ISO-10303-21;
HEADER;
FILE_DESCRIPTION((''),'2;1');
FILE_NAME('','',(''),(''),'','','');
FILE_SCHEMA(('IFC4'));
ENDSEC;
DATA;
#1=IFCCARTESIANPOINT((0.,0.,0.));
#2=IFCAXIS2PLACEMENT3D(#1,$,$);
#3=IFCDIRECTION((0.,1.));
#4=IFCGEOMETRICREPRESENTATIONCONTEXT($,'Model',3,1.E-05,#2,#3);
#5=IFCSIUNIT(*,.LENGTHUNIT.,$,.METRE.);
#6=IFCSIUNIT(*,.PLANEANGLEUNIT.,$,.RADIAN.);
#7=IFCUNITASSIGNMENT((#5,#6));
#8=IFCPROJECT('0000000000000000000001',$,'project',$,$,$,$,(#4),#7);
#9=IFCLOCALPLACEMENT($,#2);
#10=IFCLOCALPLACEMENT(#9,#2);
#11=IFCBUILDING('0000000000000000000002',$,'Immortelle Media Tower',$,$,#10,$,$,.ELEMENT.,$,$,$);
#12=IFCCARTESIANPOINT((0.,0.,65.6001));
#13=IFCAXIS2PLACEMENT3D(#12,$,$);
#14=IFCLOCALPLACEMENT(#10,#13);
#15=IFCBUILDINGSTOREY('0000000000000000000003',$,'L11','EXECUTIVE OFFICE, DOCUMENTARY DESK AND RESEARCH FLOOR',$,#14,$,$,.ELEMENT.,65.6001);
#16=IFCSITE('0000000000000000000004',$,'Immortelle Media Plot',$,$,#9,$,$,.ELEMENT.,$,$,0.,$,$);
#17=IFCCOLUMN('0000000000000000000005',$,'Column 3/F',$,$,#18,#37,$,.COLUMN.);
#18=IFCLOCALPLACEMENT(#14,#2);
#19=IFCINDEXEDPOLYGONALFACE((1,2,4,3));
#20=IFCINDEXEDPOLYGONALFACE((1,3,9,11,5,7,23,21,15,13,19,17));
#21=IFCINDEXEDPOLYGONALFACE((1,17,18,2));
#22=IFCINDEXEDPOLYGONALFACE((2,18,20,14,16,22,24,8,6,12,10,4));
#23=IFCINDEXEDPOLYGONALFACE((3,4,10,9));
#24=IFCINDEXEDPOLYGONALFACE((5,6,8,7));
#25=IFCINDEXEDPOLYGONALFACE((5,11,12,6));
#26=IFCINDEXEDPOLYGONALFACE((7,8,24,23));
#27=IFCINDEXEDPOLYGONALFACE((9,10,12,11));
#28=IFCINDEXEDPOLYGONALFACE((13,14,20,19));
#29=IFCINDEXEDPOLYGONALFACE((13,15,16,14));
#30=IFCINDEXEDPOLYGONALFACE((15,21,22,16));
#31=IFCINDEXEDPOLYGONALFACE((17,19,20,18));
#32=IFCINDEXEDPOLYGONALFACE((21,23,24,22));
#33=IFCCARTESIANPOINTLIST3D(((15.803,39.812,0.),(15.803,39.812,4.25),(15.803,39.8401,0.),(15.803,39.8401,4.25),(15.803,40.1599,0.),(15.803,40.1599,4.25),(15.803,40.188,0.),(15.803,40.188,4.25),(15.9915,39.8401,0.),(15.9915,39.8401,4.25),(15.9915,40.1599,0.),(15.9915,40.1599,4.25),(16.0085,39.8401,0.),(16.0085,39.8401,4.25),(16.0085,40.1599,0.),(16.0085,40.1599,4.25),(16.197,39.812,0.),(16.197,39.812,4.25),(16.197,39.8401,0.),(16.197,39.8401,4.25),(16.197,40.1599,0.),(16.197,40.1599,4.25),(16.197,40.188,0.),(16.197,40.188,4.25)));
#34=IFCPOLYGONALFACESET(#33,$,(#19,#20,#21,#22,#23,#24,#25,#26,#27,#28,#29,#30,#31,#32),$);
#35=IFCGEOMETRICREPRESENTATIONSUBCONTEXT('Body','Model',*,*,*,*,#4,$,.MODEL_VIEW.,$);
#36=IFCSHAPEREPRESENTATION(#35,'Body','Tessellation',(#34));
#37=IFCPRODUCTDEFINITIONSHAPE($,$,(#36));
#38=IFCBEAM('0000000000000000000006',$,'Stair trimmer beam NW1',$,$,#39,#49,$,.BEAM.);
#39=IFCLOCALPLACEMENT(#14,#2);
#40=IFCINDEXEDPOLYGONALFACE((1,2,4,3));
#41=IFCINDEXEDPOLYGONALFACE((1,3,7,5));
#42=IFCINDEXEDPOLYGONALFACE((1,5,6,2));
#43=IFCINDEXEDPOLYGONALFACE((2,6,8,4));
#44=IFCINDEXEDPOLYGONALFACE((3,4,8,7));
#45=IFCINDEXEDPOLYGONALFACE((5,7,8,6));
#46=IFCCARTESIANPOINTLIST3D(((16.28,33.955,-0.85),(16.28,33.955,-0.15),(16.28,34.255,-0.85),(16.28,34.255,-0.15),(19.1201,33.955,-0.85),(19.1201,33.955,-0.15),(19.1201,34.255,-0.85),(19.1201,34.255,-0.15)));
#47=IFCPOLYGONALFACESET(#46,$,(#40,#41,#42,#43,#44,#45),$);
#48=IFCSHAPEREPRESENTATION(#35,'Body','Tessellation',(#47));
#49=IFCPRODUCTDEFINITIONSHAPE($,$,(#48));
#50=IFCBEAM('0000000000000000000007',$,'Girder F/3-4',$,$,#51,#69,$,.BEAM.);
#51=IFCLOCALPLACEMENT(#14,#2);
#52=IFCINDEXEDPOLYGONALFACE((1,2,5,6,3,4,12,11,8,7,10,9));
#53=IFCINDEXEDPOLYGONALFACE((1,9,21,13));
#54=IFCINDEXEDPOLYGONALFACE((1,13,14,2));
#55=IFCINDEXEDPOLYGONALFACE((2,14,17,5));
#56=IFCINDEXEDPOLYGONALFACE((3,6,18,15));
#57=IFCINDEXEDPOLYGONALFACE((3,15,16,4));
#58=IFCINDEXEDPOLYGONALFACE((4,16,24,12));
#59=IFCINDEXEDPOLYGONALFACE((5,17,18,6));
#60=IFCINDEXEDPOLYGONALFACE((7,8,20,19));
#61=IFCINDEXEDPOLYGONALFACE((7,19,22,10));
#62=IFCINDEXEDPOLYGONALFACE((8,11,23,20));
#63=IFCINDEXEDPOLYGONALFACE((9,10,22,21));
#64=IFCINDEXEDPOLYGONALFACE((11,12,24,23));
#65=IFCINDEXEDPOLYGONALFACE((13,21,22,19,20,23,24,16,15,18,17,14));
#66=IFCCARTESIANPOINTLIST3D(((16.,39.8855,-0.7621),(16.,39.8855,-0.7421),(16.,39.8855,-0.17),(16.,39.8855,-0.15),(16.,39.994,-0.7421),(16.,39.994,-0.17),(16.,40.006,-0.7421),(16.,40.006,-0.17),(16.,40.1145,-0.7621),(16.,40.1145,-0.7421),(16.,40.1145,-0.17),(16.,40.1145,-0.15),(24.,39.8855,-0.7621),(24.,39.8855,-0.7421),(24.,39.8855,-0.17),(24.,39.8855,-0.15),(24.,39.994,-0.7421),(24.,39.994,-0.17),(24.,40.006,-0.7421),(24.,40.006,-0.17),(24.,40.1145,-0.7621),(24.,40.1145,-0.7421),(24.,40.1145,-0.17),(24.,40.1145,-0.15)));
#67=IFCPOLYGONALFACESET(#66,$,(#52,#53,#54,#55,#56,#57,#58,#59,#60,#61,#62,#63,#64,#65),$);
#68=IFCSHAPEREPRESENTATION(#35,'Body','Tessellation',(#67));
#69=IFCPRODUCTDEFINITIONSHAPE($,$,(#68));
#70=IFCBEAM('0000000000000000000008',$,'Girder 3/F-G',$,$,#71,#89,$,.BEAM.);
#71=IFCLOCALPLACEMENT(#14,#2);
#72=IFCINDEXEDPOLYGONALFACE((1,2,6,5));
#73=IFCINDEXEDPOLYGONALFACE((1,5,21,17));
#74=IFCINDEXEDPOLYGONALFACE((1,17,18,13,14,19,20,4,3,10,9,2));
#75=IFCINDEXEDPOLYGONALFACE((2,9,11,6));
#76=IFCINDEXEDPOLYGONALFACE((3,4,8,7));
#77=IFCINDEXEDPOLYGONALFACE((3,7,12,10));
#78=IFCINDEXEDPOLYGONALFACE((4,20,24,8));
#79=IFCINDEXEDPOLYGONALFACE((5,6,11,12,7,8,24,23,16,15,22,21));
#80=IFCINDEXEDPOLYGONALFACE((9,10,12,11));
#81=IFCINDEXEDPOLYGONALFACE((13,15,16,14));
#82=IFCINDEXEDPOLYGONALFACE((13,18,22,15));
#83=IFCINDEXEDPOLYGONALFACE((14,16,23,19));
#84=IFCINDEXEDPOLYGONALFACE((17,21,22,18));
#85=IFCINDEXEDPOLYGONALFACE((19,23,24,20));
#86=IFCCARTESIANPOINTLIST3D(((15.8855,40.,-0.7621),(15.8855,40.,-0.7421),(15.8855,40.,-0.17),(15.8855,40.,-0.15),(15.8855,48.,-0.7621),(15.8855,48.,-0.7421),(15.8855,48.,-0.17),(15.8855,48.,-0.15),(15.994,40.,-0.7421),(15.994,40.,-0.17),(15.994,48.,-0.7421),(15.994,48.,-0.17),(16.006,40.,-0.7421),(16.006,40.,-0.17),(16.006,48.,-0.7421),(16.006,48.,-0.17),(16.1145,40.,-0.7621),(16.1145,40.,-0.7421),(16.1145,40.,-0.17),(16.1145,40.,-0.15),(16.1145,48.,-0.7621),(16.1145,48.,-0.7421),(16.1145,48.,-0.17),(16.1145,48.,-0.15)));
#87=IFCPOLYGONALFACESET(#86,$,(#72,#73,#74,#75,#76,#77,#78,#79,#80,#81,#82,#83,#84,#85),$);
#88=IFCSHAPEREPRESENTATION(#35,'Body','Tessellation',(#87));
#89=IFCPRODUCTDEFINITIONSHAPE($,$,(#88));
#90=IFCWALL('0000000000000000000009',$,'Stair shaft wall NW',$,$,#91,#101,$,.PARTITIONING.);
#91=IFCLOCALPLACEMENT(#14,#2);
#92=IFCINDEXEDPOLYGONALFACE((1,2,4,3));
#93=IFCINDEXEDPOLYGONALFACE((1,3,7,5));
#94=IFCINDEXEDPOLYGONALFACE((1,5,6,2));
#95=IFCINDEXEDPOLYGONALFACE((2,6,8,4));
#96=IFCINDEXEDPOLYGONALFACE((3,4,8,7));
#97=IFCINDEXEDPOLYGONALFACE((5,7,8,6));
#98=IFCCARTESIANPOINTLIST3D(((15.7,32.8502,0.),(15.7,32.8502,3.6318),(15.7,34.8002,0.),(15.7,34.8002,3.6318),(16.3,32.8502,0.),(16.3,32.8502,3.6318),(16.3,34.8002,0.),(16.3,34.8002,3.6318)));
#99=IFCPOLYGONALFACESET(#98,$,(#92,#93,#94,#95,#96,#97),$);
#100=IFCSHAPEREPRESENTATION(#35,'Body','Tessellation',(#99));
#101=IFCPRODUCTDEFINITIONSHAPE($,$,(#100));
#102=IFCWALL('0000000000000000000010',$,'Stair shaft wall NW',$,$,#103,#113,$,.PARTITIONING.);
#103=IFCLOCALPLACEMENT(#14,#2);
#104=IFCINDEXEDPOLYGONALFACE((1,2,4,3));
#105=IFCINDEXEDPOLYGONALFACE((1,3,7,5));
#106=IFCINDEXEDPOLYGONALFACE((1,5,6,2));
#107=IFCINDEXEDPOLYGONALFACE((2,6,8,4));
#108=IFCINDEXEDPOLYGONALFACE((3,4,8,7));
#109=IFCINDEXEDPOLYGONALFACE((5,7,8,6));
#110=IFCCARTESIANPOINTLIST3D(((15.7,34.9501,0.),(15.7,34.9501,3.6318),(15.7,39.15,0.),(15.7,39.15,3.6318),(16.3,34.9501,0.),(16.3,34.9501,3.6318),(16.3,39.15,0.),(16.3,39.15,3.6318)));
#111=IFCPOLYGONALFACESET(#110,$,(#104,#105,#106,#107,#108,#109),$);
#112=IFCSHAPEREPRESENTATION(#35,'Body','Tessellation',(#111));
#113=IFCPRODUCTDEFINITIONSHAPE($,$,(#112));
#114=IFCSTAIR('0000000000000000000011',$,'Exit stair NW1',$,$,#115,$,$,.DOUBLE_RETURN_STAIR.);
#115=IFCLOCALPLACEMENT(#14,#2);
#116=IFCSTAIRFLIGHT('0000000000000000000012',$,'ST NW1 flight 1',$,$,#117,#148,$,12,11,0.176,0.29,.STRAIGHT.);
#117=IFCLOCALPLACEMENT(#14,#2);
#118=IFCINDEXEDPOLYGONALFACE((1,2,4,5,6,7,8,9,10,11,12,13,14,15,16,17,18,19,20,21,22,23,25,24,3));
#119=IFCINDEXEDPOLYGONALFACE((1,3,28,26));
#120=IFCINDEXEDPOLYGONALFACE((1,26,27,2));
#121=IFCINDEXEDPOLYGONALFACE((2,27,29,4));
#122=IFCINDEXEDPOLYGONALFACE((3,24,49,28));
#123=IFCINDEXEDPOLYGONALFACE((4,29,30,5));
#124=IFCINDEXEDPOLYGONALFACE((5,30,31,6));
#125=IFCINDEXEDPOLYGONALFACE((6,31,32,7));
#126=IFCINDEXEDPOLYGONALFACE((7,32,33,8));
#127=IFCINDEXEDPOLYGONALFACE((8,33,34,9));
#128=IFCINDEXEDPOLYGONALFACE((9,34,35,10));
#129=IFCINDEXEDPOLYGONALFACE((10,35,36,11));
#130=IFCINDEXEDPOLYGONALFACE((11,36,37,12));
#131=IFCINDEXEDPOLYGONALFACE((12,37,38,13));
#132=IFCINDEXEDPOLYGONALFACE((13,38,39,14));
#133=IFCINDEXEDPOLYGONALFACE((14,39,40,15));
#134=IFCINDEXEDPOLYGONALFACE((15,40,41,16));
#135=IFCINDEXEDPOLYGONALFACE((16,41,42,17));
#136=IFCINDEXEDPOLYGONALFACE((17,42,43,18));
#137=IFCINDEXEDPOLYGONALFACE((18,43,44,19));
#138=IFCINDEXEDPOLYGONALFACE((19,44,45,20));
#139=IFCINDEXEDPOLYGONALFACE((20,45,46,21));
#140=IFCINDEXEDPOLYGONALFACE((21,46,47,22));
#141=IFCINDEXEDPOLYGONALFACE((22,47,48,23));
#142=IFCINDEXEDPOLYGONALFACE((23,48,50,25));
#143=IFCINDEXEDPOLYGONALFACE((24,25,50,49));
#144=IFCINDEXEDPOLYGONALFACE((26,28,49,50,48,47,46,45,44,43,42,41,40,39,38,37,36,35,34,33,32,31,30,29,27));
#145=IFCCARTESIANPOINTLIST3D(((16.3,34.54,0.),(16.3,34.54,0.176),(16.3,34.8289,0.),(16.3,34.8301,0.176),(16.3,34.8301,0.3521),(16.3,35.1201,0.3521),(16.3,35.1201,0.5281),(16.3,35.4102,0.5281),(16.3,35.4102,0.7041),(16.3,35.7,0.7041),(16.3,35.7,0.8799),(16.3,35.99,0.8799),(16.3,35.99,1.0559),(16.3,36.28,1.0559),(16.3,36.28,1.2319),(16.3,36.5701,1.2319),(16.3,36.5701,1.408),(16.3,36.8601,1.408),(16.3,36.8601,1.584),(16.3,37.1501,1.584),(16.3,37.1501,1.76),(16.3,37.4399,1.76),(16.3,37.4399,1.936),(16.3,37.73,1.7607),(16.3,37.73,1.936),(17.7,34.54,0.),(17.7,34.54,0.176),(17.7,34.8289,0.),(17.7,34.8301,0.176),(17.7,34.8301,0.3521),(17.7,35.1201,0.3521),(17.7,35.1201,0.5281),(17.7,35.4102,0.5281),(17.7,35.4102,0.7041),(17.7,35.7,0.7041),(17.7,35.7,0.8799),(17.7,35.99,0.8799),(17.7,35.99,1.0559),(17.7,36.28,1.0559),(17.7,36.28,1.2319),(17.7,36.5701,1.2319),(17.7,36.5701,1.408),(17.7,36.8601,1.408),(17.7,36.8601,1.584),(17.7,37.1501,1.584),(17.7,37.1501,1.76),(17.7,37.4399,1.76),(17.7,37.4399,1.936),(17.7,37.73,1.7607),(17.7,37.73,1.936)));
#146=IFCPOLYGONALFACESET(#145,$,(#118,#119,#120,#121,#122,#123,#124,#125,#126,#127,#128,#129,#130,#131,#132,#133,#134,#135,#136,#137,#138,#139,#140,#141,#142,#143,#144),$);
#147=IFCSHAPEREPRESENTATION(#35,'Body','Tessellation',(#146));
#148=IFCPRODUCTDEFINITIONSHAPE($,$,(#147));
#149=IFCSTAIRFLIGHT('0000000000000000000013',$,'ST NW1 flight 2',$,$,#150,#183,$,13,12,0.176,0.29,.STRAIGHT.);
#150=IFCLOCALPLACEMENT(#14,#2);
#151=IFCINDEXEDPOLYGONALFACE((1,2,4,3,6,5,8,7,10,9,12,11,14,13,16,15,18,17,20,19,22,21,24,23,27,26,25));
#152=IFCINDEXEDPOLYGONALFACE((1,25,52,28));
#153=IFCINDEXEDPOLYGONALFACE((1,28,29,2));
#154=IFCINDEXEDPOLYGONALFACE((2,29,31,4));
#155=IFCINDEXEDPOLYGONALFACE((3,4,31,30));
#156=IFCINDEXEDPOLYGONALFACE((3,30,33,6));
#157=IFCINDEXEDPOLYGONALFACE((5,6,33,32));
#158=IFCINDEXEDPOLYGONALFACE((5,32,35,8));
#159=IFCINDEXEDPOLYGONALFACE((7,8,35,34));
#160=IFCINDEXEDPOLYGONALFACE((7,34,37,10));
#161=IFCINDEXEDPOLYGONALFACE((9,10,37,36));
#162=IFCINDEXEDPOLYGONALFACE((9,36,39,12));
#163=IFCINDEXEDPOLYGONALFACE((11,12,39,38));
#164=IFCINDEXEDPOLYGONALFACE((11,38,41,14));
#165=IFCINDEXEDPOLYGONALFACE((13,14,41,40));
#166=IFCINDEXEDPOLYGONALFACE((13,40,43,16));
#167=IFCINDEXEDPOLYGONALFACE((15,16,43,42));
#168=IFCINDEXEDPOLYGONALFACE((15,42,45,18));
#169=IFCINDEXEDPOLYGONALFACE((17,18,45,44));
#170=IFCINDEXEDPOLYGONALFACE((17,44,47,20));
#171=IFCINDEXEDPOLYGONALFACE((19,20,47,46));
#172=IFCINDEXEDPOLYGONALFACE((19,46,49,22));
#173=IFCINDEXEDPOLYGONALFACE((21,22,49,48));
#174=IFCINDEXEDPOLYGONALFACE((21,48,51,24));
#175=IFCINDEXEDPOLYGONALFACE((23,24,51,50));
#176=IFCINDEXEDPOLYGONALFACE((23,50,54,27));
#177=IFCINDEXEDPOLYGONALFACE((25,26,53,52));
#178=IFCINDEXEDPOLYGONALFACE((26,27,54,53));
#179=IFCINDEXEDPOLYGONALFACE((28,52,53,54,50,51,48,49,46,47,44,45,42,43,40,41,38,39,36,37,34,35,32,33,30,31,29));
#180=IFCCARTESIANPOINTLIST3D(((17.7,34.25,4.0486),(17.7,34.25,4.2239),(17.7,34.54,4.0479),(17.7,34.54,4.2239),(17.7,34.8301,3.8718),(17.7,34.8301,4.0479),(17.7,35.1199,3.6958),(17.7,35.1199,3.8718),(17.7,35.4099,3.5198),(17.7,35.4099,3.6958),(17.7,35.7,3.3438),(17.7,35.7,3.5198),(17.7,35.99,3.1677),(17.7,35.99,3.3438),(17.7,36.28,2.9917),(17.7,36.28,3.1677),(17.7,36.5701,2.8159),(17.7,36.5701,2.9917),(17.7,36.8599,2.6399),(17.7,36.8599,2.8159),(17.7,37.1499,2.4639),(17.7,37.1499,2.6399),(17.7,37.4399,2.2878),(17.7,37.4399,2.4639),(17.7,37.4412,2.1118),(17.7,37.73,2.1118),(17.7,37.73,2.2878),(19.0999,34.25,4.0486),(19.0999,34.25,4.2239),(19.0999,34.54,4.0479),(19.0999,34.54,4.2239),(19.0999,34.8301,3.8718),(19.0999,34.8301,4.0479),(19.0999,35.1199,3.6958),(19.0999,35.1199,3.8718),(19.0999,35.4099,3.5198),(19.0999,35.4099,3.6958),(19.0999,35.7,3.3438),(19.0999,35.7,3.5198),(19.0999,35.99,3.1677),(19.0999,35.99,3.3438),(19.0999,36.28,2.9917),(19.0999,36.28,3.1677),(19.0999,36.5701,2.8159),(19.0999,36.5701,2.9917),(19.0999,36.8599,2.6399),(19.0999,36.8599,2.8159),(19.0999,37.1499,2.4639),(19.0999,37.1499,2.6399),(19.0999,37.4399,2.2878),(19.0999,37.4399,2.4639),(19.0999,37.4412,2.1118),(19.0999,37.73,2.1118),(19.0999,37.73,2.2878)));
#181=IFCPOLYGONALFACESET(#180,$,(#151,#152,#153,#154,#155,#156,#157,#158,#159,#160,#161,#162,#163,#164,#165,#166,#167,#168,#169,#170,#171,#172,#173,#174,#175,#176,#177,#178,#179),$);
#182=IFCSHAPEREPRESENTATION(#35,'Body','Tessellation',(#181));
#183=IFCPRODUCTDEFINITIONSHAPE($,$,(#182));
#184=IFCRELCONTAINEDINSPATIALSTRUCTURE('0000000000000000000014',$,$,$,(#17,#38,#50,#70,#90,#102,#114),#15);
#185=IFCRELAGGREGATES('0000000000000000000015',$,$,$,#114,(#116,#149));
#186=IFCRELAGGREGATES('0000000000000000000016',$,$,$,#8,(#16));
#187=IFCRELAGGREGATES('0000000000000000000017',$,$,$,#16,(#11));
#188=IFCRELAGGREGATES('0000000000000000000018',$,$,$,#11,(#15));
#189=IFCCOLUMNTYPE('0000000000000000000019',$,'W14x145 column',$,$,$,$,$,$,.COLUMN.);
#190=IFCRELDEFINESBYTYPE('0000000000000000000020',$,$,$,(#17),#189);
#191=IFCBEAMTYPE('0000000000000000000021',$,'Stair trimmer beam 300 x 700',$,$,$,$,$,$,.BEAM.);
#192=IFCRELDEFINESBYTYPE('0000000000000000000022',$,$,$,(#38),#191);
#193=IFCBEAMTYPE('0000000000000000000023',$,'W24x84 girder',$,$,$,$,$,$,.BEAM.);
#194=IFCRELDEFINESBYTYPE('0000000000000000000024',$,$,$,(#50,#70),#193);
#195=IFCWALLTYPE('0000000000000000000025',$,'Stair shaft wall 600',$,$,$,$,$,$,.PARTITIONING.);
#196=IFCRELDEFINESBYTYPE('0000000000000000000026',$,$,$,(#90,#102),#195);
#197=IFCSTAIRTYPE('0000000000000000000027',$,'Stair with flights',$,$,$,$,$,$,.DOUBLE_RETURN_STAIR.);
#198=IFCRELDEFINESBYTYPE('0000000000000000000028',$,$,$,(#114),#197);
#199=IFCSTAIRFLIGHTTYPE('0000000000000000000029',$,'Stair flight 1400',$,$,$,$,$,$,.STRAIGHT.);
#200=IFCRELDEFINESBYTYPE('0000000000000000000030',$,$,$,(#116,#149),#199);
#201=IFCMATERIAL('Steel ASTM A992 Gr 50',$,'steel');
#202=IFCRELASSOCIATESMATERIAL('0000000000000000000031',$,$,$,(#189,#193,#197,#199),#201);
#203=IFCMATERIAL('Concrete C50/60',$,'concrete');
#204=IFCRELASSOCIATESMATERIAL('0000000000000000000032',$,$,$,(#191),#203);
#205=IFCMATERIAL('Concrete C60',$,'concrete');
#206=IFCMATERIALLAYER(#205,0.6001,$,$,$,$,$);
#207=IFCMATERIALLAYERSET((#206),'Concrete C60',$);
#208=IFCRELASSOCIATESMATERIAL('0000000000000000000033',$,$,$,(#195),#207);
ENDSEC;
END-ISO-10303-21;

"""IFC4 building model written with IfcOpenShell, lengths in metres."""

from ifc_helpers import new_model, si_unit, direction, frame, frame_2d, origin, origin_2d, place, context, subcontext, project, spatial, polyline, rectangle, i_section, outline, extrude, material, layer, layer_set, material_profile, profile_set, type_object, element, aggregate, save


model = new_model("IFC4")

# Units and contexts
model_context = context("Model", 3, precision=1e-05, world=origin(), true_north=direction((0.0, 1.0)))
body_context = subcontext(model_context, "Body", "Model", "MODEL_VIEW")
ifc_project = project(units=[si_unit("LENGTHUNIT", "METRE"), si_unit("PLANEANGLEUNIT", "RADIAN")], contexts=[model_context])

# Site, building, storey
site_placement = place(None, origin())
site = spatial("IfcSite", under=ifc_project, at=site_placement, Name="Immortelle Media Plot", CompositionType="ELEMENT", RefElevation=0.0)
building_placement = place(site_placement, origin())
building = spatial("IfcBuilding", under=site, at=building_placement, Name="Immortelle Media Tower", CompositionType="ELEMENT")
storey_placement = place(building_placement, frame((0.0, 0.0, 65.6001)))
storey = spatial("IfcBuildingStorey", under=building, at=storey_placement, Name="L11", Description="EXECUTIVE OFFICE, DOCUMENTARY DESK AND RESEARCH FLOOR", CompositionType="ELEMENT", Elevation=65.6001)

# Column
ifc_material_1 = material(Name="Steel ASTM A992 Gr 50", Category="steel")
ifc_material_profile_1 = material_profile(ifc_material_1, i_section(OverallWidth=0.394, OverallDepth=0.376, WebThickness=0.0171, FlangeThickness=0.0281, at=origin_2d()), Name="W14x145")
ifc_profile_set_1 = profile_set([ifc_material_profile_1], Name="Steel ASTM A992 Gr 50")
column_type = type_object("IfcColumnType", Name="W14x145 column", PredefinedType="COLUMN", material=ifc_profile_set_1)
column_placement = place(storey_placement, frame((16.0, 40.0, 0.0), z_axis=(0.0, 0.0, 1.0), x_axis=(1.0, 0.0, 0.0)))
element("IfcColumn", 1, at=column_placement, inside=storey, type_object=column_type, Name="Column 3/F", PredefinedType="COLUMN", context=body_context, shape_type="SweptSolid", body=[
    extrude(i_section(OverallWidth=0.394, OverallDepth=0.376, WebThickness=0.0171, FlangeThickness=0.0281, at=origin_2d()), origin(), (0.0, 0.0, 1.0), 4.25),
])

# Beams
ifc_material_2 = material(Name="Concrete C50/60", Category="concrete")
ifc_material_profile_2 = material_profile(ifc_material_2, rectangle(XDim=0.3, YDim=0.7, at=origin_2d()), Name="RC 300x700")
ifc_profile_set_2 = profile_set([ifc_material_profile_2], Name="Concrete C50/60")
beam_type_1 = type_object("IfcBeamType", Name="Stair trimmer beam 300 x 700", PredefinedType="BEAM", material=ifc_profile_set_2)
beam_placement = place(storey_placement, frame((16.28, 34.105, -0.5), z_axis=(1.0, 0.0, 0.0), x_axis=(0.0, 1.0, 0.0)))
element("IfcBeam", 2, at=beam_placement, inside=storey, type_object=beam_type_1, Name="Stair trimmer beam NW1", PredefinedType="BEAM", context=body_context, shape_type="SweptSolid", body=[
    extrude(rectangle(XDim=0.3, YDim=0.7, at=origin_2d()), origin(), (0.0, 0.0, 1.0), 2.8401),
])
ifc_material_profile_3 = material_profile(ifc_material_1, i_section(OverallWidth=0.229, OverallDepth=0.6121, WebThickness=0.012, FlangeThickness=0.02, at=origin_2d()), Name="W24x84")
ifc_profile_set_3 = profile_set([ifc_material_profile_3], Name="Steel ASTM A992 Gr 50")
beam_type_2 = type_object("IfcBeamType", Name="W24x84 girder", PredefinedType="BEAM", material=ifc_profile_set_3)
for number, where, z_axis, x_axis, name in (
    (3, (16.0, 40.0, -0.4561), (1.0, 0.0, 0.0), (0.0, 1.0, 0.0), "Girder F/3-4"),
    (4, (16.0, 40.0, -0.4561), (0.0, 1.0, 0.0), (-1.0, 0.0, 0.0), "Girder 3/F-G"),
):
    element("IfcBeam", number, at=place(storey_placement, frame(where, z_axis=z_axis, x_axis=x_axis)), inside=storey, type_object=beam_type_2, Name=name, PredefinedType="BEAM", context=body_context, shape_type="SweptSolid", body=[
        extrude(i_section(OverallWidth=0.229, OverallDepth=0.6121, WebThickness=0.012, FlangeThickness=0.02, at=origin_2d()), origin(), (0.0, 0.0, 1.0), 8.0),
    ])

# Walls
ifc_material_3 = material(Name="Concrete C60", Category="concrete")
ifc_layer = layer(ifc_material_3, 0.6001)
ifc_layer_set = layer_set([ifc_layer], Name="Concrete C60")
wall_type = type_object("IfcWallType", Name="Stair shaft wall 600", PredefinedType="PARTITIONING", material=ifc_layer_set)
wall_1_placement = place(storey_placement, frame((16.0, 32.8501, 0.0), z_axis=(0.0, 0.0, 1.0), x_axis=(0.0, 1.0, 0.0)))
element("IfcWall", 5, at=wall_1_placement, inside=storey, type_object=wall_type, Name="Stair shaft wall NW", PredefinedType="PARTITIONING", context=body_context, shape_type="SweptSolid", body=[
    extrude(rectangle(XDim=1.95, YDim=0.6001, at=frame_2d((0.9751, 0.0))), origin(), (0.0, 0.0, 1.0), 3.6318),
])
wall_2_placement = place(storey_placement, frame((16.0, 34.95, 0.0), z_axis=(0.0, 0.0, 1.0), x_axis=(0.0, 1.0, 0.0)))
element("IfcWall", 6, at=wall_2_placement, inside=storey, type_object=wall_type, Name="Stair shaft wall NW", PredefinedType="PARTITIONING", context=body_context, shape_type="SweptSolid", body=[
    extrude(rectangle(XDim=4.2, YDim=0.6001, at=frame_2d((2.1001, 0.0))), origin(), (0.0, 0.0, 1.0), 3.6318),
])

# Stair, stair flights
stair_type = type_object("IfcStairType", Name="Stair with flights", PredefinedType="DOUBLE_RETURN_STAIR", material=ifc_material_1)
stair_placement = place(storey_placement, origin())
stair = element("IfcStair", 7, at=stair_placement, inside=storey, type_object=stair_type, Name="Exit stair NW1", PredefinedType="DOUBLE_RETURN_STAIR")
stair_flight_type = type_object("IfcStairFlightType", Name="Stair flight 1400", PredefinedType="STRAIGHT", material=ifc_material_1)
stair_flight_1_placement = place(storey_placement, frame((17.0, 34.54, 0.0), z_axis=(0.0, 0.0, 1.0), x_axis=(0.0, 1.0, 0.0)))
stair_flight_1 = element("IfcStairFlight", 8, at=stair_flight_1_placement, type_object=stair_flight_type, Name="ST NW1 flight 1", NumberOfRisers=12, NumberOfTreads=11, PredefinedType="STRAIGHT", RiserHeight=0.176, TreadLength=0.29, context=body_context, shape_type="SweptSolid", body=[
    extrude(outline(polyline([(0.0, 0.0), (0.0, 0.176), (0.29, 0.176), (0.29, 0.3521), (0.5801, 0.3521), (0.5801, 0.5281), (0.8701, 0.5281), (0.8701, 0.7041), (1.1599, 0.7041), (1.1599, 0.8799), (1.45, 0.8799), (1.45, 1.0559), (1.74, 1.0559), (1.74, 1.2319), (2.03, 1.2319), (2.03, 1.408), (2.3201, 1.408), (2.3201, 1.584), (2.6101, 1.584), (2.6101, 1.76), (2.8999, 1.76), (2.8999, 1.936), (3.1899, 1.936), (3.1899, 2.1121), (3.1899, 1.7607), (0.2888, 0.0), (0.0, 0.0)])), frame((0.0, 0.7, 0.0), z_axis=(0.0, -1.0, 0.0), x_axis=(1.0, 0.0, 0.0)), (0.0, 0.0, 1.0), 1.3999),
])
stair_flight_2_placement = place(storey_placement, frame((18.3999, 37.73, 2.1118), z_axis=(0.0, 0.0, 1.0), x_axis=(0.0, -1.0, 0.0)))
stair_flight_2 = element("IfcStairFlight", 9, at=stair_flight_2_placement, type_object=stair_flight_type, Name="ST NW1 flight 2", NumberOfRisers=13, NumberOfTreads=12, PredefinedType="STRAIGHT", RiserHeight=0.176, TreadLength=0.29, context=body_context, shape_type="SweptSolid", body=[
    extrude(outline(polyline([(0.0, 0.0), (0.0, 0.176), (0.29, 0.176), (0.29, 0.3521), (0.5801, 0.3521), (0.5801, 0.5281), (0.8701, 0.5281), (0.8701, 0.7041), (1.1599, 0.7041), (1.1599, 0.8799), (1.45, 0.8799), (1.45, 1.0559), (1.74, 1.0559), (1.74, 1.2319), (2.03, 1.2319), (2.03, 1.408), (2.3201, 1.408), (2.3201, 1.584), (2.6101, 1.584), (2.6101, 1.76), (2.8999, 1.76), (2.8999, 1.936), (3.1899, 1.936), (3.1899, 2.1121), (3.48, 2.1121), (3.48, 2.2881), (3.48, 1.9368), (0.2888, 0.0), (0.0, 0.0)])), frame((0.0, 0.7, 0.0), z_axis=(0.0, -1.0, 0.0), x_axis=(1.0, 0.0, 0.0)), (0.0, 0.0, 1.0), 1.3999),
])
aggregate(stair, [stair_flight_1, stair_flight_2])

save(model, "model.ifc")
